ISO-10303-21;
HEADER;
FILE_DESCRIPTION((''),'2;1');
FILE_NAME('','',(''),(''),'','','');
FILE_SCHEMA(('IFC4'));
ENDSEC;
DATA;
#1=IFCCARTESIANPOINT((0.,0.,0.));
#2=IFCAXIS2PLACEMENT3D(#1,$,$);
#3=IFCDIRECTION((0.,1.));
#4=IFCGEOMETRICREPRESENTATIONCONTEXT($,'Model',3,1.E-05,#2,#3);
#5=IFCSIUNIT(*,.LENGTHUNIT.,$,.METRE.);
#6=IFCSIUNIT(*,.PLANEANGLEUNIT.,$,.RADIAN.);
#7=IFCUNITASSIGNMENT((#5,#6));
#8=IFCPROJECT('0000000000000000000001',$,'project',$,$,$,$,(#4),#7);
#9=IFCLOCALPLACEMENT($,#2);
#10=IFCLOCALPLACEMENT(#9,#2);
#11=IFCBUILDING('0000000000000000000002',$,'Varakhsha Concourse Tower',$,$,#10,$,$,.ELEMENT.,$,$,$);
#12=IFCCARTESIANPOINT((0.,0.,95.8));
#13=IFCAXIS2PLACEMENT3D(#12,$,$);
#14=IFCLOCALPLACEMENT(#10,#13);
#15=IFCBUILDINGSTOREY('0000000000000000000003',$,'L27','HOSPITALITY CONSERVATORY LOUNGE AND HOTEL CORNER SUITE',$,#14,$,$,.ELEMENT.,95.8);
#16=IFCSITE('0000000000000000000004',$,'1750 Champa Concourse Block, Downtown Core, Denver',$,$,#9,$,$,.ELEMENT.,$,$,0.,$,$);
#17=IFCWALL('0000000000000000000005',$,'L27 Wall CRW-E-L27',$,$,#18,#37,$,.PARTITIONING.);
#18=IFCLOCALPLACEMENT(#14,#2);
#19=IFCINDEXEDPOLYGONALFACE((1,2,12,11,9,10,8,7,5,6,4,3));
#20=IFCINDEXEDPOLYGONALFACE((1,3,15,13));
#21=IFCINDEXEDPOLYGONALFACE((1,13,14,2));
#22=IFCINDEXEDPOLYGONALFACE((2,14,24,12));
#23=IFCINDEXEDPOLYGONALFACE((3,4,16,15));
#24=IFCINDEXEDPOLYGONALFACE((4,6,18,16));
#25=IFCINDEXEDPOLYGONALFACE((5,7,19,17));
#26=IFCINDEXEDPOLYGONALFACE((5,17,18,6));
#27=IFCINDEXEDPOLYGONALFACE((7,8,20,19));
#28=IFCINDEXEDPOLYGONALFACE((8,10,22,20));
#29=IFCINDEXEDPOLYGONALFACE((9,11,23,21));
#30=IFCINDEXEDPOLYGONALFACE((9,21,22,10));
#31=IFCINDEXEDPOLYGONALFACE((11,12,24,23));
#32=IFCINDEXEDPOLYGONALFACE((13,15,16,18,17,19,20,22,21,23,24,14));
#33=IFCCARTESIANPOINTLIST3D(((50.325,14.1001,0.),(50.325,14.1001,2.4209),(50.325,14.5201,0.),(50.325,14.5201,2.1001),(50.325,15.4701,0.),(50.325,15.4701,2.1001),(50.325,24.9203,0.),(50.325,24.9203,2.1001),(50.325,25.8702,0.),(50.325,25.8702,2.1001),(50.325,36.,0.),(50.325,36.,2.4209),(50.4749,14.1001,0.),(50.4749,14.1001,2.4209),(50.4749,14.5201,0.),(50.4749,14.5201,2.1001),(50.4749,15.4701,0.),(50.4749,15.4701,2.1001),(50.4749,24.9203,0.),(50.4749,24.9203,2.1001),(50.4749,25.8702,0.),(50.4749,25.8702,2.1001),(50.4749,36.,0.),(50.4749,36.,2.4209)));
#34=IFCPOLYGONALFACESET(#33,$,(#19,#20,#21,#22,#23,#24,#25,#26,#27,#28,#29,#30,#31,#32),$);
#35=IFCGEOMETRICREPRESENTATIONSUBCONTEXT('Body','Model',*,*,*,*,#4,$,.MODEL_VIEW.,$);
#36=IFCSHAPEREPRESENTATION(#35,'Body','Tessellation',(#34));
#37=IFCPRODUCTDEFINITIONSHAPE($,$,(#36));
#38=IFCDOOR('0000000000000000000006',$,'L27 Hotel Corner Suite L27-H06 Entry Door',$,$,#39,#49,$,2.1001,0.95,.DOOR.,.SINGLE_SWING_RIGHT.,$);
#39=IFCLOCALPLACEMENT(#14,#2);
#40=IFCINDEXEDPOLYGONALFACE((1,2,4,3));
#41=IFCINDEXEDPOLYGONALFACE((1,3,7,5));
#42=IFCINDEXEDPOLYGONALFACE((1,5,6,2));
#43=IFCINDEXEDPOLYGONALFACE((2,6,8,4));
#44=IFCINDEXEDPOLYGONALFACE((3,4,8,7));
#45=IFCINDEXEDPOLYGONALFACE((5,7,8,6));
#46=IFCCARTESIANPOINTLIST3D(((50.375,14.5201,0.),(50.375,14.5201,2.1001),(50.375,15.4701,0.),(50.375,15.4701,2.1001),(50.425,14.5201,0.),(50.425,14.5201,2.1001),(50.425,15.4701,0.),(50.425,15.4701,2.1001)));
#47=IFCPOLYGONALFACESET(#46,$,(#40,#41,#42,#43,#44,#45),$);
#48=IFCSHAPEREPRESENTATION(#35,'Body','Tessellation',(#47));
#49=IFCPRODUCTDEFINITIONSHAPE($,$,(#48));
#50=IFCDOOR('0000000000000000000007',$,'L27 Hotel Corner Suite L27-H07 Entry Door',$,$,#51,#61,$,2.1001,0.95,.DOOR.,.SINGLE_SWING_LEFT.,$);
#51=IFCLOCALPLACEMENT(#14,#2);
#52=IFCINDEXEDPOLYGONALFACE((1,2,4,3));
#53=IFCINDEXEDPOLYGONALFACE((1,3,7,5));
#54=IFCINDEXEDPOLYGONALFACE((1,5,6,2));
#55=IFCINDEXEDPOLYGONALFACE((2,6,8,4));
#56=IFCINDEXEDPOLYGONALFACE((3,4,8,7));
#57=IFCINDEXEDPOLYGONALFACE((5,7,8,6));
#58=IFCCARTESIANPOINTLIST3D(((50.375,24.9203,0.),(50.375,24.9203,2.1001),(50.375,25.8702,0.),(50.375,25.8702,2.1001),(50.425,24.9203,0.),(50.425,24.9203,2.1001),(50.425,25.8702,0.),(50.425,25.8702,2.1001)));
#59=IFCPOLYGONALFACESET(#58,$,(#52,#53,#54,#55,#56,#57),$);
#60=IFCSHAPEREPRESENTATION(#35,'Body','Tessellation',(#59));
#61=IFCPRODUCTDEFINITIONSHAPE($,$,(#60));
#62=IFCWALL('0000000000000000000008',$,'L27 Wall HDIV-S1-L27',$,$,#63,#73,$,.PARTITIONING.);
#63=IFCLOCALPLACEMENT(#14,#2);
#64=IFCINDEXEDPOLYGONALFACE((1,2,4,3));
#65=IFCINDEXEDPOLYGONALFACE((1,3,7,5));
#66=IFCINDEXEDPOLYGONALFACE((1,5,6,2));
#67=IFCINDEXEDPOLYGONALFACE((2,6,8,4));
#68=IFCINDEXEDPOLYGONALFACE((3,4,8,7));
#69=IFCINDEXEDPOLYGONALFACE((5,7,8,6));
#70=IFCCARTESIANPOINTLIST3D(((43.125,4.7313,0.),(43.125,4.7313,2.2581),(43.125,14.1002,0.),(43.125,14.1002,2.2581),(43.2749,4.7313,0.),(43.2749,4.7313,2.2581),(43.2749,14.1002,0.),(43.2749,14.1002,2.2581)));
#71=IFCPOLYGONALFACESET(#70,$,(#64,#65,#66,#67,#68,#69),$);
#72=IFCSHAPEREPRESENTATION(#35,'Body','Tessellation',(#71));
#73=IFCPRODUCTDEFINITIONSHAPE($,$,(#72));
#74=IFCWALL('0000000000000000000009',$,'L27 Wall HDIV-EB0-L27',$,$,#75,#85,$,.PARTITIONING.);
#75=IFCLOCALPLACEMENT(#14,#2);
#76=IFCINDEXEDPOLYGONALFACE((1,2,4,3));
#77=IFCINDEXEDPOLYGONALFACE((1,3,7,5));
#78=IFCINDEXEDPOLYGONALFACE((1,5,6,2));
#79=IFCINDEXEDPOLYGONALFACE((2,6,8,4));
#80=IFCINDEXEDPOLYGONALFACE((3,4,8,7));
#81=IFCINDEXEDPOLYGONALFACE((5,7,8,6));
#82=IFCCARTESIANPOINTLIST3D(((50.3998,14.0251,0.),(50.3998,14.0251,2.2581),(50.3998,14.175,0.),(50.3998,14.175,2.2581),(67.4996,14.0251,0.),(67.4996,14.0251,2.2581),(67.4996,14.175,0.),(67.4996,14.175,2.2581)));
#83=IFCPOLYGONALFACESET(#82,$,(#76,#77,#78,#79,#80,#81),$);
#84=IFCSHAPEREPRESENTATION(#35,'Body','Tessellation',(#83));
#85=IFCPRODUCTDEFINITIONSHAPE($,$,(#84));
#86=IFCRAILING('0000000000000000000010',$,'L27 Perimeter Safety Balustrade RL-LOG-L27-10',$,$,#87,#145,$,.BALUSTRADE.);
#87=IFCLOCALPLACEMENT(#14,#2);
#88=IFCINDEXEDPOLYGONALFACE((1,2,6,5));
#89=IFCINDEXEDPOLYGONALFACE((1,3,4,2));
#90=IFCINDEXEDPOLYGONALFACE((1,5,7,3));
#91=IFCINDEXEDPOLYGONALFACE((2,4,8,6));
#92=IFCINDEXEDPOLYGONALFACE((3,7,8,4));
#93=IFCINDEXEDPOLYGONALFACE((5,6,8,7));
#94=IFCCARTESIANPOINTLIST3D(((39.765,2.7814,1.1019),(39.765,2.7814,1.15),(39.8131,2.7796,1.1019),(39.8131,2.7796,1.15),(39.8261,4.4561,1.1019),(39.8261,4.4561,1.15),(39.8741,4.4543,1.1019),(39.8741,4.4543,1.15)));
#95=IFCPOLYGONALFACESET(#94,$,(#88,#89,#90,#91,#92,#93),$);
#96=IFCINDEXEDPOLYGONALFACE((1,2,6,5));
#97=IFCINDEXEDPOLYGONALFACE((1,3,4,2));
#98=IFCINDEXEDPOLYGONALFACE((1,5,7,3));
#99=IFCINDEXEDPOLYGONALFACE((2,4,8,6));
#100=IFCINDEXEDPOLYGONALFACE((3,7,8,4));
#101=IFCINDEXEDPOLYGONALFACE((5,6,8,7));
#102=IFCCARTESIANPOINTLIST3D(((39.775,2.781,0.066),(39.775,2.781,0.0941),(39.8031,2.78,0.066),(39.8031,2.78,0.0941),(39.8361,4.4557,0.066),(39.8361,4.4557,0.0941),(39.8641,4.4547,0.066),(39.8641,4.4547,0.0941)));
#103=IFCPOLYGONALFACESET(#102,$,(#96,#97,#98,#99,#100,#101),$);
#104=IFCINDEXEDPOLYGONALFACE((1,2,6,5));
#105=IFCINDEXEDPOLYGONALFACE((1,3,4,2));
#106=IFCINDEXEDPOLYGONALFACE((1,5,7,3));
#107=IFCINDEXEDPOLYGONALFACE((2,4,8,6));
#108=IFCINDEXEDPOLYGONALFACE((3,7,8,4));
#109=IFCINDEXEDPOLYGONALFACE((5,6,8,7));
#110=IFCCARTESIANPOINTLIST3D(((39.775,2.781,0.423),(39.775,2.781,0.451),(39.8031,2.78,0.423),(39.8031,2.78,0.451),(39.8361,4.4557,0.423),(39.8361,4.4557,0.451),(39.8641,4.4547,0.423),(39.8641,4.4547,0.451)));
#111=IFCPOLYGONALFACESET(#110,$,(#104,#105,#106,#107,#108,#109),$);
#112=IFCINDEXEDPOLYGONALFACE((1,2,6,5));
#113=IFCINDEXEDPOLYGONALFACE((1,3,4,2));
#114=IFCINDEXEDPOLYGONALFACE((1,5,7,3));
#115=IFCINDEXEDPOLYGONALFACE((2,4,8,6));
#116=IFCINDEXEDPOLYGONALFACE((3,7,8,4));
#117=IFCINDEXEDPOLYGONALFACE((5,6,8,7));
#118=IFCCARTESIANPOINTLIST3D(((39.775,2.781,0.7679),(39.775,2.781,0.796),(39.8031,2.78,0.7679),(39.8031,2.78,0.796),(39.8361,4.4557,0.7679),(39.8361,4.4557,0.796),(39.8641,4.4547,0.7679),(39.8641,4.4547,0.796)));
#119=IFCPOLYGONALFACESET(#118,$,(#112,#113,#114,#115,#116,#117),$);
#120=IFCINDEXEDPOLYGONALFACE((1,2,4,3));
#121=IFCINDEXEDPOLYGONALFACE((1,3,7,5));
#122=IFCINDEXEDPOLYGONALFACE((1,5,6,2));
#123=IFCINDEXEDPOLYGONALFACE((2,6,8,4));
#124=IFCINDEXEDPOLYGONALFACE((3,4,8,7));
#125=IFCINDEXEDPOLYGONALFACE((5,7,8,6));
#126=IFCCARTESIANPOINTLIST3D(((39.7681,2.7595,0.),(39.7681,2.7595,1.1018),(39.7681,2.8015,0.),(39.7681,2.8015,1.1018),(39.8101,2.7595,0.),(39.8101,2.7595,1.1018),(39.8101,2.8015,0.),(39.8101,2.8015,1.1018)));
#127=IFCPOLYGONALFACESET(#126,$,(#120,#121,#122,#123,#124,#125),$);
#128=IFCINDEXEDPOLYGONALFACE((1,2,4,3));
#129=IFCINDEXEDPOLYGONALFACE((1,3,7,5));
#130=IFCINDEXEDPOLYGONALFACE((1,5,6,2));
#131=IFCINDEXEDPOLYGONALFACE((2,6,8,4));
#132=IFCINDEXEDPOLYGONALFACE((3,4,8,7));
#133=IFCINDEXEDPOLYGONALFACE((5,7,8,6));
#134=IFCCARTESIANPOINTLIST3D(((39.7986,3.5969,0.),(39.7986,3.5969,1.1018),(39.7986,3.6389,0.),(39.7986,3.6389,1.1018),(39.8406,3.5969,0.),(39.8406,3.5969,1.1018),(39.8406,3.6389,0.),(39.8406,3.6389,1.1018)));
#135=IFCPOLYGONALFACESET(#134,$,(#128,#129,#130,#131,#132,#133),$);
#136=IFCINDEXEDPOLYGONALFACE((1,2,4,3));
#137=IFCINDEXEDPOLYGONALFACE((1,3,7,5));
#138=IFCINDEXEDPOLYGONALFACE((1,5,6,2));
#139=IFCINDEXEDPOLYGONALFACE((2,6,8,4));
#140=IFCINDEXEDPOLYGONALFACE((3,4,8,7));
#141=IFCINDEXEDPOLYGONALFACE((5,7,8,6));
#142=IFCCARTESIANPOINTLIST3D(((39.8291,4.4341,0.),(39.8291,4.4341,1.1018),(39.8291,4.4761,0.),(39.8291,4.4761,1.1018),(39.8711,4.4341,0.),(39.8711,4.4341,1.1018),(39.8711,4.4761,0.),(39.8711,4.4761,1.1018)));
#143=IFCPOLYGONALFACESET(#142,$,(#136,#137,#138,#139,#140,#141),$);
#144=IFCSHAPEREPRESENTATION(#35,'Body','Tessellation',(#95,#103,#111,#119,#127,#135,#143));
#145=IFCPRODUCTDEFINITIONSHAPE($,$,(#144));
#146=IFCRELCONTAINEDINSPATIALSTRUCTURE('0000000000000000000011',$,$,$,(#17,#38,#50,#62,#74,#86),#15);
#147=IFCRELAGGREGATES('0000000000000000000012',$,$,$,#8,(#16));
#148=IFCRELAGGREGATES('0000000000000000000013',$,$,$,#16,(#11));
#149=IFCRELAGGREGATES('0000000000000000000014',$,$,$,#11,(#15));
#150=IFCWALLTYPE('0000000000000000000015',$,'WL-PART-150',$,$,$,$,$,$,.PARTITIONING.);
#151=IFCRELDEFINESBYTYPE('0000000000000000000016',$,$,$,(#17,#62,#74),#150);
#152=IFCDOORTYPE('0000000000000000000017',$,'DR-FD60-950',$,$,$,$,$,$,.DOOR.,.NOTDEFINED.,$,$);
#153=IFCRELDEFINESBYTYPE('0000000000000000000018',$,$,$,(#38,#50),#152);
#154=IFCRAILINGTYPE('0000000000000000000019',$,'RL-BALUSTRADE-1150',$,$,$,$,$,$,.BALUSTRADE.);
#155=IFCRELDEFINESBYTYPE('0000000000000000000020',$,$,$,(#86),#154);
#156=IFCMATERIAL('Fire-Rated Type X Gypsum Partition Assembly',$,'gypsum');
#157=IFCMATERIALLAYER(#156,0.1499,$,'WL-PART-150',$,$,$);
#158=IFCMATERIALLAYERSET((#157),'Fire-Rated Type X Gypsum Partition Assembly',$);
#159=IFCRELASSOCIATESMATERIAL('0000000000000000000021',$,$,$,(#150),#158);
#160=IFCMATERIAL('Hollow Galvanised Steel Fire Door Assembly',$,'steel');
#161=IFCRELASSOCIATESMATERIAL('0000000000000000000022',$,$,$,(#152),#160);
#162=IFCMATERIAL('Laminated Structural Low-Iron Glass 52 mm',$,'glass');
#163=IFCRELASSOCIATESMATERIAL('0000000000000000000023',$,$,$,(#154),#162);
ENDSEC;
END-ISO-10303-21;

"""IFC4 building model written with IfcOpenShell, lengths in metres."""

from ifc_helpers import new_model, si_unit, direction, frame, frame_2d, origin, origin_2d, place, context, subcontext, project, spatial, rectangle, extrude, material, layer, layer_set, type_object, element, fill, save


model = new_model("IFC4")

# Units and contexts
model_context = context("Model", 3, precision=1e-05, world=origin(), true_north=direction((0.0, 1.0)))
body_context = subcontext(model_context, "Body", "Model", "MODEL_VIEW")
ifc_project = project(units=[si_unit("LENGTHUNIT", "METRE"), si_unit("PLANEANGLEUNIT", "RADIAN")], contexts=[model_context])

# Site, building, storey
site_placement = place(None, origin())
site = spatial("IfcSite", under=ifc_project, at=site_placement, Name="1750 Champa Concourse Block, Downtown Core, Denver", CompositionType="ELEMENT", RefElevation=0.0)
building_placement = place(site_placement, origin())
building = spatial("IfcBuilding", under=site, at=building_placement, Name="Varakhsha Concourse Tower", CompositionType="ELEMENT")
storey_placement = place(building_placement, frame((0.0, 0.0, 95.8)))
storey = spatial("IfcBuildingStorey", under=building, at=storey_placement, Name="L27", Description="HOSPITALITY CONSERVATORY LOUNGE AND HOTEL CORNER SUITE", CompositionType="ELEMENT", Elevation=95.8)

# Shared definitions
ifc_material_1 = material(Name="Fire-Rated Type X Gypsum Partition Assembly", Category="gypsum")
ifc_material_2 = material(Name="Hollow Galvanised Steel Fire Door Assembly", Category="steel")

# Shared definitions
ifc_layer_1 = layer(ifc_material_1, 0.1499, Name="WL-PART-150")
ifc_layer_set_1 = layer_set([ifc_layer_1], Name="Fire-Rated Type X Gypsum Partition Assembly")
wall_type_1 = type_object("IfcWallType", Name="WL-PART-150", PredefinedType="PARTITIONING", material=ifc_layer_set_1)

# Wall, openings, doors
wall_1_placement = place(storey_placement, frame((50.3999, 14.1001, 0.0), z_axis=(0.0, 0.0, 1.0), x_axis=(0.0, 1.0, 0.0)))
wall_1 = element("IfcWall", 1, at=wall_1_placement, inside=storey, type_object=wall_type_1, Name="L27 Wall CRW-E-L27", PredefinedType="PARTITIONING", context=body_context, shape_type="SweptSolid", body=[
    extrude(rectangle(XDim=21.8999, YDim=0.1499, at=frame_2d((10.95, 0.0))), origin(), (0.0, 0.0, 1.0), 2.4209),
])
opening_1_placement = place(wall_1_placement, frame((0.4199, 0.0, 0.0)))
opening_1 = element("IfcOpeningElement", 2, at=opening_1_placement, cuts=wall_1, PredefinedType="OPENING", context=body_context, shape_type="SweptSolid", body=[
    extrude(rectangle(XDim=0.95, YDim=2.1001, at=frame_2d((0.4751, 1.05))), frame((0.0, 0.085, 0.0), z_axis=(0.0, -1.0, 0.0), x_axis=(1.0, 0.0, 0.0)), (0.0, 0.0, 1.0), 0.1699),
])
opening_2_placement = place(wall_1_placement, frame((10.8201, 0.0, 0.0)))
opening_2 = element("IfcOpeningElement", 3, at=opening_2_placement, cuts=wall_1, PredefinedType="OPENING", context=body_context, shape_type="SweptSolid", body=[
    extrude(rectangle(XDim=0.95, YDim=2.1001, at=frame_2d((0.4751, 1.05))), frame((0.0, 0.085, 0.0), z_axis=(0.0, -1.0, 0.0), x_axis=(1.0, 0.0, 0.0)), (0.0, 0.0, 1.0), 0.1699),
])
door_type_1 = type_object("IfcDoorType", Name="DR-FD60-950", OperationType="NOTDEFINED", PredefinedType="DOOR", material=ifc_material_2)
door_1_placement = place(opening_1_placement, origin())
door_1 = element("IfcDoor", 4, at=door_1_placement, inside=storey, type_object=door_type_1, Name="L27 Hotel Corner Suite L27-H06 Entry Door", OperationType="SINGLE_SWING_RIGHT", OverallHeight=2.1001, OverallWidth=0.95, PredefinedType="DOOR", context=body_context, shape_type="SweptSolid", body=[
    extrude(rectangle(XDim=0.95, YDim=2.1001, at=frame_2d((0.4751, 1.05))), frame((0.0, 0.0249, 0.0), z_axis=(0.0, -1.0, 0.0), x_axis=(1.0, 0.0, 0.0)), (0.0, 0.0, 1.0), 0.05),
])
fill(opening_1, door_1)
door_2_placement = place(opening_2_placement, origin())
door_2 = element("IfcDoor", 5, at=door_2_placement, inside=storey, type_object=door_type_1, Name="L27 Hotel Corner Suite L27-H07 Entry Door", OperationType="SINGLE_SWING_LEFT", OverallHeight=2.1001, OverallWidth=0.95, PredefinedType="DOOR", context=body_context, shape_type="SweptSolid", body=[
    extrude(rectangle(XDim=0.95, YDim=2.1001, at=frame_2d((0.4751, 1.05))), frame((0.0, 0.0249, 0.0), z_axis=(0.0, -1.0, 0.0), x_axis=(1.0, 0.0, 0.0)), (0.0, 0.0, 1.0), 0.05),
])
fill(opening_2, door_2)

# Walls
wall_2_placement = place(storey_placement, frame((43.2, 4.7312, 0.0), z_axis=(0.0, 0.0, 1.0), x_axis=(0.0, 1.0, 0.0)))
element("IfcWall", 6, at=wall_2_placement, inside=storey, type_object=wall_type_1, Name="L27 Wall HDIV-S1-L27", PredefinedType="PARTITIONING", context=body_context, shape_type="SweptSolid", body=[
    extrude(rectangle(XDim=9.3689, YDim=0.1499, at=frame_2d((4.6846, 0.0))), origin(), (0.0, 0.0, 1.0), 2.2581),
])
wall_3_placement = place(storey_placement, frame((50.3999, 14.1001, 0.0), z_axis=(0.0, 0.0, 1.0), x_axis=(1.0, 0.0, 0.0)))
element("IfcWall", 7, at=wall_3_placement, inside=storey, type_object=wall_type_1, Name="L27 Wall HDIV-EB0-L27", PredefinedType="PARTITIONING", context=body_context, shape_type="SweptSolid", body=[
    extrude(rectangle(XDim=17.0999, YDim=0.1499, at=frame_2d((8.5498, 0.0))), origin(), (0.0, 0.0, 1.0), 2.2581),
])

# Railing
ifc_material_3 = material(Name="Laminated Structural Low-Iron Glass 52 mm", Category="glass")
railing_type = type_object("IfcRailingType", Name="RL-BALUSTRADE-1150", PredefinedType="BALUSTRADE", material=ifc_material_3)
railing_placement = place(storey_placement, frame((39.7891, 2.7805, 0.0)))
element("IfcRailing", 8, at=railing_placement, inside=storey, type_object=railing_type, Name="L27 Perimeter Safety Balustrade RL-LOG-L27-10", PredefinedType="BALUSTRADE", context=body_context, shape_type="SweptSolid", body=[
    extrude(rectangle(XDim=0.0481, YDim=0.0481, at=origin_2d()), frame((0.0, 0.0, 1.126), z_axis=(0.036424, 0.999336, 0.0), x_axis=(-0.999336, 0.036424, 0.0)), (0.0, 0.0, 1.0), 1.6758),
    extrude(rectangle(XDim=0.0281, YDim=0.0281, at=origin_2d()), frame((0.0, 0.0, 0.0801), z_axis=(0.036424, 0.999336, 0.0), x_axis=(-0.999336, 0.036424, 0.0)), (0.0, 0.0, 1.0), 1.6758),
    extrude(rectangle(XDim=0.0281, YDim=0.0281, at=origin_2d()), frame((0.0, 0.0, 0.437), z_axis=(0.036424, 0.999336, 0.0), x_axis=(-0.999336, 0.036424, 0.0)), (0.0, 0.0, 1.0), 1.6758),
    extrude(rectangle(XDim=0.0281, YDim=0.0281, at=origin_2d()), frame((0.0, 0.0, 0.782), z_axis=(0.036424, 0.999336, 0.0), x_axis=(-0.999336, 0.036424, 0.0)), (0.0, 0.0, 1.0), 1.6758),
    extrude(rectangle(XDim=0.042, YDim=0.042, at=origin_2d()), origin(), (0.0, 0.0, 1.0), 1.1018),
    extrude(rectangle(XDim=0.042, YDim=0.042, at=origin_2d()), frame((0.0305, 0.8374, 0.0)), (0.0, 0.0, 1.0), 1.1018),
    extrude(rectangle(XDim=0.042, YDim=0.042, at=origin_2d()), frame((0.061, 1.6746, 0.0)), (0.0, 0.0, 1.0), 1.1018),
])

save(model, "model.ifc")
